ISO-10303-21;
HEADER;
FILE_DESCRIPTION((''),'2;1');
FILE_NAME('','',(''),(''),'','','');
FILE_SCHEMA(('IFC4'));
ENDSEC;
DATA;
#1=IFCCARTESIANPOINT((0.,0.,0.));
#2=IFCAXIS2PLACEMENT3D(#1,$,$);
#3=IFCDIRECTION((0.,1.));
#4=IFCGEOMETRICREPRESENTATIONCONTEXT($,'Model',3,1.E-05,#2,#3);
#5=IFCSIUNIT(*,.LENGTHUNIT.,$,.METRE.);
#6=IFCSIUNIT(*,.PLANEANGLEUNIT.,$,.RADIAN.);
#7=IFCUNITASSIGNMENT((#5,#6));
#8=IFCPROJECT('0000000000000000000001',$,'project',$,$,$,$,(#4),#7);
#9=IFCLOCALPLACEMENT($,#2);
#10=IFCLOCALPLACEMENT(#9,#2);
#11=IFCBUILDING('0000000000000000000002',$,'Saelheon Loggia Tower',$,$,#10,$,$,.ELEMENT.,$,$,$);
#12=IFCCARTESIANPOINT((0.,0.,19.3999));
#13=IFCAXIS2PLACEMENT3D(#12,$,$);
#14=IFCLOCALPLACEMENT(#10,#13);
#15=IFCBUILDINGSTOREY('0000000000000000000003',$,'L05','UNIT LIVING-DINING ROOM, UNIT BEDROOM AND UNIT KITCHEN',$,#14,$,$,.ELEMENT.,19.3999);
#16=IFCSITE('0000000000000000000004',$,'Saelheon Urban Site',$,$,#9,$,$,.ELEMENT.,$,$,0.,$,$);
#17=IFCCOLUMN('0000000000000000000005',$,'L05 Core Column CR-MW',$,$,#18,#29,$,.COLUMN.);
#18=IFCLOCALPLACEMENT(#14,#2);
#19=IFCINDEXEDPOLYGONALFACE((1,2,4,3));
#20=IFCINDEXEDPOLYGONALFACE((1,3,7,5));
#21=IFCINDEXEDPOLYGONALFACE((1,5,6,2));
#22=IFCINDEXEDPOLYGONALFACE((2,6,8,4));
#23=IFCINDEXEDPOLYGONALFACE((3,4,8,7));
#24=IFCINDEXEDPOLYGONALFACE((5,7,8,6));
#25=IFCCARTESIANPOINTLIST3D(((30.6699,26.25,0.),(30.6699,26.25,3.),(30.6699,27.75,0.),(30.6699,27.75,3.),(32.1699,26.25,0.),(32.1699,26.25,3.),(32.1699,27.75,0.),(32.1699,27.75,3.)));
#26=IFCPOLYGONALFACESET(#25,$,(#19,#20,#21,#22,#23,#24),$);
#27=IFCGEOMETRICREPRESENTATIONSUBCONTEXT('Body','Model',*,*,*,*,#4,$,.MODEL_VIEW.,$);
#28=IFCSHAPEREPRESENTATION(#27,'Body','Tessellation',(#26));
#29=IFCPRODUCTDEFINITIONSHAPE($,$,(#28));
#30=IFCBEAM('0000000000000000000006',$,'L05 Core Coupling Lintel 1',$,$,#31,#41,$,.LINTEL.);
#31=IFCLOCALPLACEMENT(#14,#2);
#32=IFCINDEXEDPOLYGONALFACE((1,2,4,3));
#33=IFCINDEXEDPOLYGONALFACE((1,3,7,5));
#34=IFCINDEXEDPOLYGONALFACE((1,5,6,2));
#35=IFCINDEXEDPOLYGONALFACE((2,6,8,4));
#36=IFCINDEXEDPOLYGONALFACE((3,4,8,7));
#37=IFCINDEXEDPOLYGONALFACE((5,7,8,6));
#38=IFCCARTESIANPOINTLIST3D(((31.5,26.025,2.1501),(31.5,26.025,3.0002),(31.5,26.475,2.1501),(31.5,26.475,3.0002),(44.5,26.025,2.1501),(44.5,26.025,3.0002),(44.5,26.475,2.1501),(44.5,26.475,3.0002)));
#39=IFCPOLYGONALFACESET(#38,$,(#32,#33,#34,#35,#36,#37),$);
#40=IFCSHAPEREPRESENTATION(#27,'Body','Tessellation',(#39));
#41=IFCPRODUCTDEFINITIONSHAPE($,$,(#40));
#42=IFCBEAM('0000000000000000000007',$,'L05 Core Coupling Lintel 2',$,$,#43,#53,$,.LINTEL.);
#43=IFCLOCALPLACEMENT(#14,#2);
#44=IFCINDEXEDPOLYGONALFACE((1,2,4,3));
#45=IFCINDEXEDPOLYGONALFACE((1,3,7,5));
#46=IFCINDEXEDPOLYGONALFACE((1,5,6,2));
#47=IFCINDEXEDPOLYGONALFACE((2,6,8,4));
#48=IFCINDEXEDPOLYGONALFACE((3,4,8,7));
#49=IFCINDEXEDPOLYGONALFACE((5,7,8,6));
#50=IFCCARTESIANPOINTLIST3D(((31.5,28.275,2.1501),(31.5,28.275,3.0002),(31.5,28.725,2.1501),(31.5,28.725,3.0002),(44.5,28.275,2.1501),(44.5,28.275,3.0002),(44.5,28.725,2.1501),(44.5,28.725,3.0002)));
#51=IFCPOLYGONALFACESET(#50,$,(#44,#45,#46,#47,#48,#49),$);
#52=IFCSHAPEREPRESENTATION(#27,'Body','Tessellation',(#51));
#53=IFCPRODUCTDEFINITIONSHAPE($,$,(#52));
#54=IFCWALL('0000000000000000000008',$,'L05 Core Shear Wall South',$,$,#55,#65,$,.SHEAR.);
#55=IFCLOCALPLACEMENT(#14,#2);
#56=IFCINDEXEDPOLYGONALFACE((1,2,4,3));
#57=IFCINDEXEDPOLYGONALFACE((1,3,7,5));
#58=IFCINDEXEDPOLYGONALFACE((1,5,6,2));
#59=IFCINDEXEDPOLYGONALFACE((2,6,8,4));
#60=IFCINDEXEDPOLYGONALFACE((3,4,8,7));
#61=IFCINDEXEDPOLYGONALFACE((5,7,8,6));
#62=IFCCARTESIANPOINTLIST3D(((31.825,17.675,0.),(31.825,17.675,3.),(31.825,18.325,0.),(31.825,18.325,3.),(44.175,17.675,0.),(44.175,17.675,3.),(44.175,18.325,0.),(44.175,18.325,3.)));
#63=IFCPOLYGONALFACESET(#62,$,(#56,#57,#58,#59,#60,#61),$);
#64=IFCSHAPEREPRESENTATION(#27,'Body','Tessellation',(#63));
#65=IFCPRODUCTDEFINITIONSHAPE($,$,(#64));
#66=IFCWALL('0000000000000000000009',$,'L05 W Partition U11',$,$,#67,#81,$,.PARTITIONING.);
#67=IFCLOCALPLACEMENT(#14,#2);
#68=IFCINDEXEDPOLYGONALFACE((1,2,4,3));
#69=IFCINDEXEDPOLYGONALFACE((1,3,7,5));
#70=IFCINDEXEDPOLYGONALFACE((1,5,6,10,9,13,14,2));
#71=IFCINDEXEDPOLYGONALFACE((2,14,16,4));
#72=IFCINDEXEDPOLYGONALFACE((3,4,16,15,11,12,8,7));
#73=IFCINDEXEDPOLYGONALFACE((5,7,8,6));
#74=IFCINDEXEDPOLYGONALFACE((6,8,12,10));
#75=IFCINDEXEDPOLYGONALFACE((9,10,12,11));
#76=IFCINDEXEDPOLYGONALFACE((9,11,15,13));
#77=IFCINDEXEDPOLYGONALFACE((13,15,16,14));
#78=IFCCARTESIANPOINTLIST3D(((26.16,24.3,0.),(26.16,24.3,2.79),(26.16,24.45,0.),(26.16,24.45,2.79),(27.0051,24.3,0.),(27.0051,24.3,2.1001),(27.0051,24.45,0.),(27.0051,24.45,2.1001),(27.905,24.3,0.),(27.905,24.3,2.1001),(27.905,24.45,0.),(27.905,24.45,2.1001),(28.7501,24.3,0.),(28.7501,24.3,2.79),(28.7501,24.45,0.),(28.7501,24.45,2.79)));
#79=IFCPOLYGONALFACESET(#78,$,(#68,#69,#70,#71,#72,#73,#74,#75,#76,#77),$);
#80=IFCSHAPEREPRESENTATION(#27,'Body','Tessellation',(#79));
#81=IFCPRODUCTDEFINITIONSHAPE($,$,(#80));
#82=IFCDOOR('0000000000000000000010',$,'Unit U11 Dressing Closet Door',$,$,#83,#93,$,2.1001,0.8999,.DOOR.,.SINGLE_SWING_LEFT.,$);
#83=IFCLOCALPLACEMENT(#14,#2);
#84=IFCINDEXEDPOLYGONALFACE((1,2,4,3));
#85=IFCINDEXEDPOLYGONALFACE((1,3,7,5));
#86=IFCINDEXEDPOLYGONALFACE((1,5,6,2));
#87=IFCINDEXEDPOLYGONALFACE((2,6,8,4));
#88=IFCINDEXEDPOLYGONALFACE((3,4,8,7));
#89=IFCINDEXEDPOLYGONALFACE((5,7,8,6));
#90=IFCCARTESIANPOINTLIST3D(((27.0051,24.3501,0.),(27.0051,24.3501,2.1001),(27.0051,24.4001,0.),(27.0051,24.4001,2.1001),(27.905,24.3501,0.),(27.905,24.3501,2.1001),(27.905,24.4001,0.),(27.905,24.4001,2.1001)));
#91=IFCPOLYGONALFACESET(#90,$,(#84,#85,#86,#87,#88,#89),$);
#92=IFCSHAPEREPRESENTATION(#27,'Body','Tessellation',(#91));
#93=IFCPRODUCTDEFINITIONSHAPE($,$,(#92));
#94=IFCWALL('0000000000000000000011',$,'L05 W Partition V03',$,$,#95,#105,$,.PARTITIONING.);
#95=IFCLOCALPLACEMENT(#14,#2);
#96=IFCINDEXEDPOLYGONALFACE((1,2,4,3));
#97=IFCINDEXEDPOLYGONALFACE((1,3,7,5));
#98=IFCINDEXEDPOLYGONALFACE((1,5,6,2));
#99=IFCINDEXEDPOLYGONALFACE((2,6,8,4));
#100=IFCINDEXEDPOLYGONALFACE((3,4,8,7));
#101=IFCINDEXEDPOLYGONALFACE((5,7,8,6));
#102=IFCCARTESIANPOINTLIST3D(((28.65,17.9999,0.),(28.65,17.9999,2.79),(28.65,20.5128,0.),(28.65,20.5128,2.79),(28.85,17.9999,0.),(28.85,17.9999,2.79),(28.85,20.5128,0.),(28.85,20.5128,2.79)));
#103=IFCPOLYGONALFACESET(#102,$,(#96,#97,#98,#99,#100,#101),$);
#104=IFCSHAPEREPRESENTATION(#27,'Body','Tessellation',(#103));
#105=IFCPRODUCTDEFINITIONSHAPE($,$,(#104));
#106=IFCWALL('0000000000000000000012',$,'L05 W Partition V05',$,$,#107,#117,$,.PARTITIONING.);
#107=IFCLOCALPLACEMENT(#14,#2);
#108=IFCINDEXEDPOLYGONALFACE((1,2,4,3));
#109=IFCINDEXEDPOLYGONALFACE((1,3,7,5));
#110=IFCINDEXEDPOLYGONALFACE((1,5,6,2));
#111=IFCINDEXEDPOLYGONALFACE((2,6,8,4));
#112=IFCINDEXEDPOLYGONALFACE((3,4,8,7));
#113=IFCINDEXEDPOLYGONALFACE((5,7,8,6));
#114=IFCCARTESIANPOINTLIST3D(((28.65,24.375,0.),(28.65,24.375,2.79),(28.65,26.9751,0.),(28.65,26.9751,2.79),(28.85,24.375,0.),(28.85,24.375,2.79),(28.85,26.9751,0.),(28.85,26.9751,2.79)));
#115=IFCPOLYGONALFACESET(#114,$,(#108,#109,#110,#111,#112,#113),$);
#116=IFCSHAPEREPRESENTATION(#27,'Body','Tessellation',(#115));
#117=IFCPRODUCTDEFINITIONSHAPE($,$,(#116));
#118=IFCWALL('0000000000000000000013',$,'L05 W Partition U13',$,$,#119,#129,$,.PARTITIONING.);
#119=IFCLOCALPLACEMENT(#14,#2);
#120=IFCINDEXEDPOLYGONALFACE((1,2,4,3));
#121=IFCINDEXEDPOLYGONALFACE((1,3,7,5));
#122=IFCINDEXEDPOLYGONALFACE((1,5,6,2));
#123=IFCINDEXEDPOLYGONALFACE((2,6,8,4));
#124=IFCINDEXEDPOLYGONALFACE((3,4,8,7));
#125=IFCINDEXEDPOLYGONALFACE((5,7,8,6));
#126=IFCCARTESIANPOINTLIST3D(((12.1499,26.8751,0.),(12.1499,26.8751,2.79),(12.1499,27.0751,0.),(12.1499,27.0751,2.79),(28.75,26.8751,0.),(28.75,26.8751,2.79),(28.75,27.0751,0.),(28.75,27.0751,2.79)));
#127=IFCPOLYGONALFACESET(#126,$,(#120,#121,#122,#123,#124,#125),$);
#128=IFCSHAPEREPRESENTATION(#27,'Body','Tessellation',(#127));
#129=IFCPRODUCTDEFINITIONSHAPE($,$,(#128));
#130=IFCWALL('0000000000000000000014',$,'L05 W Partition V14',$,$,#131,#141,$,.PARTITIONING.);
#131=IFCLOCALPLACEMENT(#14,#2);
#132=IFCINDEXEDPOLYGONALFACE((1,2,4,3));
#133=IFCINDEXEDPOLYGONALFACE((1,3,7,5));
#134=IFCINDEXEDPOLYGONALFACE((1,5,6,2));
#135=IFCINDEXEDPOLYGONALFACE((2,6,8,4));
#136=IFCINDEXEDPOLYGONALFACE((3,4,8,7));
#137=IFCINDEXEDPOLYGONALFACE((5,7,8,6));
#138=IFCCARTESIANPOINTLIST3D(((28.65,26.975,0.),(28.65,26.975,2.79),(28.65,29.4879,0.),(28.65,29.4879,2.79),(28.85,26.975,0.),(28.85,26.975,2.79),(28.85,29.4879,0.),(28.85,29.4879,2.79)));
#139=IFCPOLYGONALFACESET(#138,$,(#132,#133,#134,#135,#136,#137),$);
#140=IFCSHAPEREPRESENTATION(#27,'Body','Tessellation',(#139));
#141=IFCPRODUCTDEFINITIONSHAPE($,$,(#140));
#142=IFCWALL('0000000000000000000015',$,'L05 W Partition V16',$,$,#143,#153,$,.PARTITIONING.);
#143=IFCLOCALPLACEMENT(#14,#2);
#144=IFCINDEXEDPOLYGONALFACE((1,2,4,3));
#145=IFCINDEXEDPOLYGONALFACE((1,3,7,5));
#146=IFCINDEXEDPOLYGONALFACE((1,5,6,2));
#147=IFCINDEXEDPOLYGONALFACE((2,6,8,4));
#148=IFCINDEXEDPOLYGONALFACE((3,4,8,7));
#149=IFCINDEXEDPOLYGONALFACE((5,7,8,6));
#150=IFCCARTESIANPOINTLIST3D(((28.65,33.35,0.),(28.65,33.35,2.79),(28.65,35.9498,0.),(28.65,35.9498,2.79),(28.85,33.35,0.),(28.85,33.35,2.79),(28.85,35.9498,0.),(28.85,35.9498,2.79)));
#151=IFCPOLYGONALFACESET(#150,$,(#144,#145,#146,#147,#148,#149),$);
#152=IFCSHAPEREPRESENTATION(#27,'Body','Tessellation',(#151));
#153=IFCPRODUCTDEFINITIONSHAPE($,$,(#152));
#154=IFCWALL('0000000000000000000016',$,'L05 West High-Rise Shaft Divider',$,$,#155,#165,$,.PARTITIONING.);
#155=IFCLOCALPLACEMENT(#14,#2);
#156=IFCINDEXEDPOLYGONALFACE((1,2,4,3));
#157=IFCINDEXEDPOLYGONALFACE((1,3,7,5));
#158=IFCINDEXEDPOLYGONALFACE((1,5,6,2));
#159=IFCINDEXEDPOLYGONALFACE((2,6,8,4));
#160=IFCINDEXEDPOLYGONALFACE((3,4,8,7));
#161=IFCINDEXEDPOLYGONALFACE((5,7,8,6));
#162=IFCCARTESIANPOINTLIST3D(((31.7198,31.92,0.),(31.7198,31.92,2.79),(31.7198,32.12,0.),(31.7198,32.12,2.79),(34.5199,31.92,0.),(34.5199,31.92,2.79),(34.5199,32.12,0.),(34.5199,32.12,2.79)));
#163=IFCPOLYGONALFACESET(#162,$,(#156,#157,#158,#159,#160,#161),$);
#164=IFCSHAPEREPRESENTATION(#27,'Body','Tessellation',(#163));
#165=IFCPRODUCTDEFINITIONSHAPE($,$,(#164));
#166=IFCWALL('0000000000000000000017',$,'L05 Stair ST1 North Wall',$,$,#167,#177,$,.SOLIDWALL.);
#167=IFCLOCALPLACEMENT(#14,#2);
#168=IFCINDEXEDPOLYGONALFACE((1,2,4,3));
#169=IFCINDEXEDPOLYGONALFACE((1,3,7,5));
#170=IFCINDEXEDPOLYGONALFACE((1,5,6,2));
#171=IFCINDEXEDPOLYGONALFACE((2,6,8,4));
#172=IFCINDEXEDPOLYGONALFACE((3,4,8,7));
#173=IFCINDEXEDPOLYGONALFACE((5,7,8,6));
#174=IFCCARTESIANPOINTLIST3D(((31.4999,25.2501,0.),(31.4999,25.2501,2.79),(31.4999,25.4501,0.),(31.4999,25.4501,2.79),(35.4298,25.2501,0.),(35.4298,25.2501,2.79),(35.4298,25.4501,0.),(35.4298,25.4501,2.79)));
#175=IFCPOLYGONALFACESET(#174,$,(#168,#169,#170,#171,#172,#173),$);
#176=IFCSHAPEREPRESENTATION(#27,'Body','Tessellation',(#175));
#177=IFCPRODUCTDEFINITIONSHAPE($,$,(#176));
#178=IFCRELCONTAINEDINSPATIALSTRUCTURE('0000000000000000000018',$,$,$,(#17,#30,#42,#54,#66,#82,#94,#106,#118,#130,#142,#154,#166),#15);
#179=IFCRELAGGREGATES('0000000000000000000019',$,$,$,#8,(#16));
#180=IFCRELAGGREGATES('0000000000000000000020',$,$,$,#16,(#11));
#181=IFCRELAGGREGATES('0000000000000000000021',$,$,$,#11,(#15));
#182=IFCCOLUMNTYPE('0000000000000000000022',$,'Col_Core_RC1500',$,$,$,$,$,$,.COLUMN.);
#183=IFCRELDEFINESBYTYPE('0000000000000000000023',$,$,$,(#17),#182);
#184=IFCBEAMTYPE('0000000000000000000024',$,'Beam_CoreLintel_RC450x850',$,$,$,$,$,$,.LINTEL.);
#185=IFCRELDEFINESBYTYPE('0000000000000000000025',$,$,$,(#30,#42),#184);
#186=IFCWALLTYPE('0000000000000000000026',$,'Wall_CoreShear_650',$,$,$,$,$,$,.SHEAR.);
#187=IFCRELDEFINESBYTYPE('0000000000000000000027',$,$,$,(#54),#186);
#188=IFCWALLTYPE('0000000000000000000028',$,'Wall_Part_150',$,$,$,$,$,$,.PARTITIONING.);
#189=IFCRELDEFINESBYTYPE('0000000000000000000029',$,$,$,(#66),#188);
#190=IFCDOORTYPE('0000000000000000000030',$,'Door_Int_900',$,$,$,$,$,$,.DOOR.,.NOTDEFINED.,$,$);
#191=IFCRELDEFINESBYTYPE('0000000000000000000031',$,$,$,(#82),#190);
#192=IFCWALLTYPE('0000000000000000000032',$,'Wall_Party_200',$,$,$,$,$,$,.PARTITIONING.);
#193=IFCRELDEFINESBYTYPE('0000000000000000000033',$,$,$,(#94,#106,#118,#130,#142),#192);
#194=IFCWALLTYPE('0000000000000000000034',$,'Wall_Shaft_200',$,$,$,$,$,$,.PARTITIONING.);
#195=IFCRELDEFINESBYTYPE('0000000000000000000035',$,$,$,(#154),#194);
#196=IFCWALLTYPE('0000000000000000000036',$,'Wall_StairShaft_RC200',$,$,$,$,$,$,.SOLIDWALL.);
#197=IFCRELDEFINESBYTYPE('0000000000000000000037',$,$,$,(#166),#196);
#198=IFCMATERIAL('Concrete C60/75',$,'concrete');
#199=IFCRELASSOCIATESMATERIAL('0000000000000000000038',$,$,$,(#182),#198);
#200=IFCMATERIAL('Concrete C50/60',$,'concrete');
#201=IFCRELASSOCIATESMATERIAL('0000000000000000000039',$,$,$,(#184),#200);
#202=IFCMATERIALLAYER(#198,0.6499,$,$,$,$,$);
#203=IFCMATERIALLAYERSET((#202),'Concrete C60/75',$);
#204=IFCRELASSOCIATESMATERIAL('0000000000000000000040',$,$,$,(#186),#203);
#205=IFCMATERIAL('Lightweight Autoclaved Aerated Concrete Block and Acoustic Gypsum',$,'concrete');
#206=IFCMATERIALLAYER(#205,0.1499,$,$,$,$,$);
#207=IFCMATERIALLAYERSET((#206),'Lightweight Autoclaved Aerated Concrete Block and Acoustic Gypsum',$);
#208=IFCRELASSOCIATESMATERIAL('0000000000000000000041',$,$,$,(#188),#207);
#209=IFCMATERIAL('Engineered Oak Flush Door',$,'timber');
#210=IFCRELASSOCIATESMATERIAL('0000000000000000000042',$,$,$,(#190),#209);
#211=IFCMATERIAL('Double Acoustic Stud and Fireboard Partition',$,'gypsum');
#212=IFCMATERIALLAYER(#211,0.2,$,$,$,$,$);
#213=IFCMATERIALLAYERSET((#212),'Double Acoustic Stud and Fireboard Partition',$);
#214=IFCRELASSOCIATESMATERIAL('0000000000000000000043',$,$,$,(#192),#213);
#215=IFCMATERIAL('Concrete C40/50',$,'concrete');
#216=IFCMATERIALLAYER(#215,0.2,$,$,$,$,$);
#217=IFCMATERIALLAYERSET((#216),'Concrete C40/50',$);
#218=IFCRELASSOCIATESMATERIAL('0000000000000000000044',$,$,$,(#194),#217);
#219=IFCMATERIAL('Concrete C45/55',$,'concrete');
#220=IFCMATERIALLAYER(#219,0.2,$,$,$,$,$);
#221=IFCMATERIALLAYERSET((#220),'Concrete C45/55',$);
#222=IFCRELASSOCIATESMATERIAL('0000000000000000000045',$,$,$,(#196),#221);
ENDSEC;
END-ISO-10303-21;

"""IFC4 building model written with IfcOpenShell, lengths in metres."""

from ifc_helpers import new_model, si_unit, direction, frame, frame_2d, origin, origin_2d, place, context, subcontext, project, spatial, rectangle, extrude, source, transform, mapped, material, layer, layer_set, material_profile, profile_set, type_object, element, fill, save


model = new_model("IFC4")

# Units and contexts
model_context = context("Model", 3, precision=1e-05, world=origin(), true_north=direction((0.0, 1.0)))
body_context = subcontext(model_context, "Body", "Model", "MODEL_VIEW")
ifc_project = project(units=[si_unit("LENGTHUNIT", "METRE"), si_unit("PLANEANGLEUNIT", "RADIAN")], contexts=[model_context])

# Site, building, storey
site_placement = place(None, origin())
site = spatial("IfcSite", under=ifc_project, at=site_placement, Name="Saelheon Urban Site", CompositionType="ELEMENT", RefElevation=0.0)
building_placement = place(site_placement, origin())
building = spatial("IfcBuilding", under=site, at=building_placement, Name="Saelheon Loggia Tower", CompositionType="ELEMENT")
storey_placement = place(building_placement, frame((0.0, 0.0, 19.3999)))
storey = spatial("IfcBuildingStorey", under=building, at=storey_placement, Name="L05", Description="UNIT LIVING-DINING ROOM, UNIT BEDROOM AND UNIT KITCHEN", CompositionType="ELEMENT", Elevation=19.3999)

# Column
ifc_material_1 = material(Name="Concrete C60/75", Category="concrete")
ifc_material_profile_1 = material_profile(ifc_material_1, rectangle(XDim=1.5, YDim=1.5, at=origin_2d()), Name="RC-1500x1500")
ifc_profile_set_1 = profile_set([ifc_material_profile_1], Name="Concrete C60/75")
column_type = type_object("IfcColumnType", Name="Col_Core_RC1500", PredefinedType="COLUMN", material=ifc_profile_set_1)
shared_shape_1 = source(origin(), body_context, "Body", "SweptSolid", [
    extrude(rectangle(XDim=1.5, YDim=1.5, at=origin_2d()), origin(), (0.0, 0.0, 1.0), 3.0),
])
column_placement = place(storey_placement, frame((31.4199, 27.0, 0.0), z_axis=(0.0, 0.0, 1.0), x_axis=(1.0, 0.0, 0.0)))
element("IfcColumn", 1, at=column_placement, inside=storey, type_object=column_type, Name="L05 Core Column CR-MW", PredefinedType="COLUMN", context=body_context, shape_type="MappedRepresentation", body=[
    mapped(shared_shape_1, transform((0.0, 0.0, 0.0), scale=1.0)),
])

# Beams
ifc_material_2 = material(Name="Concrete C50/60", Category="concrete")
ifc_material_profile_2 = material_profile(ifc_material_2, rectangle(XDim=0.45, YDim=0.8501, at=origin_2d()), Name="RC-450x850")
ifc_profile_set_2 = profile_set([ifc_material_profile_2], Name="Concrete C50/60")
beam_type = type_object("IfcBeamType", Name="Beam_CoreLintel_RC450x850", PredefinedType="LINTEL", material=ifc_profile_set_2)
shared_shape_2 = source(origin(), body_context, "Body", "SweptSolid", [
    extrude(rectangle(XDim=0.45, YDim=0.8501, at=origin_2d()), origin(), (0.0, 0.0, 1.0), 13.0),
])
for number, where, z_axis, x_axis, name in (
    (2, (31.5, 26.25, 2.5752), (1.0, 0.0, 0.0), (0.0, 1.0, 0.0), "L05 Core Coupling Lintel 1"),
    (3, (31.5, 28.5, 2.5752), (1.0, 0.0, 0.0), (0.0, 1.0, 0.0), "L05 Core Coupling Lintel 2"),
):
    element("IfcBeam", number, at=place(storey_placement, frame(where, z_axis=z_axis, x_axis=x_axis)), inside=storey, type_object=beam_type, Name=name, PredefinedType="LINTEL", context=body_context, shape_type="MappedRepresentation", body=[
        mapped(shared_shape_2, transform((0.0, 0.0, 0.0), scale=1.0)),
    ])

# Wall
ifc_layer_1 = layer(ifc_material_1, 0.6499)
ifc_layer_set_1 = layer_set([ifc_layer_1], Name="Concrete C60/75")
wall_type_1 = type_object("IfcWallType", Name="Wall_CoreShear_650", PredefinedType="SHEAR", material=ifc_layer_set_1)
wall_1_placement = place(storey_placement, frame((31.825, 18.0, 0.0), z_axis=(0.0, 0.0, 1.0), x_axis=(1.0, 0.0, 0.0)))
element("IfcWall", 4, at=wall_1_placement, inside=storey, type_object=wall_type_1, Name="L05 Core Shear Wall South", PredefinedType="SHEAR", context=body_context, shape_type="SweptSolid", body=[
    extrude(rectangle(XDim=12.3501, YDim=0.6499, at=frame_2d((6.175, 0.0))), origin(), (0.0, 0.0, 1.0), 3.0),
])

# Wall, opening, door
ifc_material_3 = material(Name="Lightweight Autoclaved Aerated Concrete Block and Acoustic Gypsum", Category="concrete")
ifc_layer_2 = layer(ifc_material_3, 0.1499)
ifc_layer_set_2 = layer_set([ifc_layer_2], Name="Lightweight Autoclaved Aerated Concrete Block and Acoustic Gypsum")
wall_type_2 = type_object("IfcWallType", Name="Wall_Part_150", PredefinedType="PARTITIONING", material=ifc_layer_set_2)
wall_2_placement = place(storey_placement, frame((28.75, 24.375, 0.0), z_axis=(0.0, 0.0, 1.0), x_axis=(-1.0, 0.0, 0.0)))
wall_2 = element("IfcWall", 5, at=wall_2_placement, inside=storey, type_object=wall_type_2, Name="L05 W Partition U11", PredefinedType="PARTITIONING", context=body_context, shape_type="SweptSolid", body=[
    extrude(rectangle(XDim=2.5901, YDim=0.1499, at=frame_2d((1.2949, 0.0))), origin(), (0.0, 0.0, 1.0), 2.79),
])
opening_1_placement = place(wall_2_placement, frame((0.845, 0.0, 0.0)))
opening_1 = element("IfcOpeningElement", 6, at=opening_1_placement, cuts=wall_2, PredefinedType="OPENING", context=body_context, shape_type="SweptSolid", body=[
    extrude(rectangle(XDim=0.8999, YDim=2.1001, at=frame_2d((0.45, 1.05))), frame((0.0, 0.0869, 0.0), z_axis=(0.0, -1.0, 0.0), x_axis=(1.0, 0.0, 0.0)), (0.0, 0.0, 1.0), 0.1738),
])
ifc_material_4 = material(Name="Engineered Oak Flush Door", Category="timber")
door_type_1 = type_object("IfcDoorType", Name="Door_Int_900", OperationType="NOTDEFINED", PredefinedType="DOOR", material=ifc_material_4)
shared_shape_3 = source(origin(), body_context, "Body", "SweptSolid", [
    extrude(rectangle(XDim=0.8999, YDim=2.1001, at=frame_2d((0.45, 1.05))), frame((0.0, 0.0249, 0.0), z_axis=(0.0, -1.0, 0.0), x_axis=(1.0, 0.0, 0.0)), (0.0, 0.0, 1.0), 0.05),
])
door_1_placement = place(opening_1_placement, origin())
door_1 = element("IfcDoor", 7, at=door_1_placement, inside=storey, type_object=door_type_1, Name="Unit U11 Dressing Closet Door", OperationType="SINGLE_SWING_LEFT", OverallHeight=2.1001, OverallWidth=0.8999, PredefinedType="DOOR", context=body_context, shape_type="MappedRepresentation", body=[
    mapped(shared_shape_3, transform((0.0, 0.0, 0.0), scale=1.0)),
])
fill(opening_1, door_1)

# Wall
ifc_material_5 = material(Name="Double Acoustic Stud and Fireboard Partition", Category="gypsum")
ifc_layer_3 = layer(ifc_material_5, 0.2)
ifc_layer_set_3 = layer_set([ifc_layer_3], Name="Double Acoustic Stud and Fireboard Partition")
wall_type_3 = type_object("IfcWallType", Name="Wall_Party_200", PredefinedType="PARTITIONING", material=ifc_layer_set_3)
wall_3_placement = place(storey_placement, frame((28.75, 18.0, 0.0), z_axis=(0.0, 0.0, 1.0), x_axis=(0.0, 1.0, 0.0)))
element("IfcWall", 8, at=wall_3_placement, inside=storey, type_object=wall_type_3, Name="L05 W Partition V03", PredefinedType="PARTITIONING", context=body_context, shape_type="SweptSolid", body=[
    extrude(rectangle(XDim=2.5129, YDim=0.2, at=frame_2d((1.2563, 0.0))), origin(), (0.0, 0.0, 1.0), 2.79),
])

# Walls
wall_4_placement = place(storey_placement, frame((28.75, 24.375, 0.0), z_axis=(0.0, 0.0, 1.0), x_axis=(0.0, 1.0, 0.0)))
element("IfcWall", 9, at=wall_4_placement, inside=storey, type_object=wall_type_3, Name="L05 W Partition V05", PredefinedType="PARTITIONING", context=body_context, shape_type="SweptSolid", body=[
    extrude(rectangle(XDim=2.6001, YDim=0.2, at=frame_2d((1.3, 0.0))), origin(), (0.0, 0.0, 1.0), 2.79),
])
wall_5_placement = place(storey_placement, frame((28.75, 26.9751, 0.0), z_axis=(0.0, 0.0, 1.0), x_axis=(-1.0, 0.0, 0.0)))
element("IfcWall", 10, at=wall_5_placement, inside=storey, type_object=wall_type_3, Name="L05 W Partition U13", PredefinedType="PARTITIONING", context=body_context, shape_type="SweptSolid", body=[
    extrude(rectangle(XDim=16.6001, YDim=0.2, at=frame_2d((8.3, 0.0))), origin(), (0.0, 0.0, 1.0), 2.79),
])
wall_6_placement = place(storey_placement, frame((28.75, 26.9751, 0.0), z_axis=(0.0, 0.0, 1.0), x_axis=(0.0, 1.0, 0.0)))
element("IfcWall", 11, at=wall_6_placement, inside=storey, type_object=wall_type_3, Name="L05 W Partition V14", PredefinedType="PARTITIONING", context=body_context, shape_type="SweptSolid", body=[
    extrude(rectangle(XDim=2.5129, YDim=0.2, at=frame_2d((1.2563, 0.0))), origin(), (0.0, 0.0, 1.0), 2.79),
])

# Walls
wall_7_placement = place(storey_placement, frame((28.75, 33.3501, 0.0), z_axis=(0.0, 0.0, 1.0), x_axis=(0.0, 1.0, 0.0)))
element("IfcWall", 12, at=wall_7_placement, inside=storey, type_object=wall_type_3, Name="L05 W Partition V16", PredefinedType="PARTITIONING", context=body_context, shape_type="SweptSolid", body=[
    extrude(rectangle(XDim=2.5999, YDim=0.2, at=frame_2d((1.2998, 0.0))), origin(), (0.0, 0.0, 1.0), 2.79),
])
ifc_material_6 = material(Name="Concrete C40/50", Category="concrete")
ifc_layer_4 = layer(ifc_material_6, 0.2)
ifc_layer_set_4 = layer_set([ifc_layer_4], Name="Concrete C40/50")
wall_type_4 = type_object("IfcWallType", Name="Wall_Shaft_200", PredefinedType="PARTITIONING", material=ifc_layer_set_4)
wall_8_placement = place(storey_placement, frame((31.72, 32.02, 0.0), z_axis=(0.0, 0.0, 1.0), x_axis=(1.0, 0.0, 0.0)))
element("IfcWall", 13, at=wall_8_placement, inside=storey, type_object=wall_type_4, Name="L05 West High-Rise Shaft Divider", PredefinedType="PARTITIONING", context=body_context, shape_type="SweptSolid", body=[
    extrude(rectangle(XDim=2.8, YDim=0.2, at=frame_2d((1.3999, 0.0))), origin(), (0.0, 0.0, 1.0), 2.79),
])
ifc_material_7 = material(Name="Concrete C45/55", Category="concrete")
ifc_layer_5 = layer(ifc_material_7, 0.2)
ifc_layer_set_5 = layer_set([ifc_layer_5], Name="Concrete C45/55")
wall_type_5 = type_object("IfcWallType", Name="Wall_StairShaft_RC200", PredefinedType="SOLIDWALL", material=ifc_layer_set_5)
wall_9_placement = place(storey_placement, frame((31.5, 25.3501, 0.0), z_axis=(0.0, 0.0, 1.0), x_axis=(1.0, 0.0, 0.0)))
element("IfcWall", 14, at=wall_9_placement, inside=storey, type_object=wall_type_5, Name="L05 Stair ST1 North Wall", PredefinedType="SOLIDWALL", context=body_context, shape_type="SweptSolid", body=[
    extrude(rectangle(XDim=3.9299, YDim=0.2, at=frame_2d((1.9648, 0.0))), origin(), (0.0, 0.0, 1.0), 2.79),
])

save(model, "model.ifc")
